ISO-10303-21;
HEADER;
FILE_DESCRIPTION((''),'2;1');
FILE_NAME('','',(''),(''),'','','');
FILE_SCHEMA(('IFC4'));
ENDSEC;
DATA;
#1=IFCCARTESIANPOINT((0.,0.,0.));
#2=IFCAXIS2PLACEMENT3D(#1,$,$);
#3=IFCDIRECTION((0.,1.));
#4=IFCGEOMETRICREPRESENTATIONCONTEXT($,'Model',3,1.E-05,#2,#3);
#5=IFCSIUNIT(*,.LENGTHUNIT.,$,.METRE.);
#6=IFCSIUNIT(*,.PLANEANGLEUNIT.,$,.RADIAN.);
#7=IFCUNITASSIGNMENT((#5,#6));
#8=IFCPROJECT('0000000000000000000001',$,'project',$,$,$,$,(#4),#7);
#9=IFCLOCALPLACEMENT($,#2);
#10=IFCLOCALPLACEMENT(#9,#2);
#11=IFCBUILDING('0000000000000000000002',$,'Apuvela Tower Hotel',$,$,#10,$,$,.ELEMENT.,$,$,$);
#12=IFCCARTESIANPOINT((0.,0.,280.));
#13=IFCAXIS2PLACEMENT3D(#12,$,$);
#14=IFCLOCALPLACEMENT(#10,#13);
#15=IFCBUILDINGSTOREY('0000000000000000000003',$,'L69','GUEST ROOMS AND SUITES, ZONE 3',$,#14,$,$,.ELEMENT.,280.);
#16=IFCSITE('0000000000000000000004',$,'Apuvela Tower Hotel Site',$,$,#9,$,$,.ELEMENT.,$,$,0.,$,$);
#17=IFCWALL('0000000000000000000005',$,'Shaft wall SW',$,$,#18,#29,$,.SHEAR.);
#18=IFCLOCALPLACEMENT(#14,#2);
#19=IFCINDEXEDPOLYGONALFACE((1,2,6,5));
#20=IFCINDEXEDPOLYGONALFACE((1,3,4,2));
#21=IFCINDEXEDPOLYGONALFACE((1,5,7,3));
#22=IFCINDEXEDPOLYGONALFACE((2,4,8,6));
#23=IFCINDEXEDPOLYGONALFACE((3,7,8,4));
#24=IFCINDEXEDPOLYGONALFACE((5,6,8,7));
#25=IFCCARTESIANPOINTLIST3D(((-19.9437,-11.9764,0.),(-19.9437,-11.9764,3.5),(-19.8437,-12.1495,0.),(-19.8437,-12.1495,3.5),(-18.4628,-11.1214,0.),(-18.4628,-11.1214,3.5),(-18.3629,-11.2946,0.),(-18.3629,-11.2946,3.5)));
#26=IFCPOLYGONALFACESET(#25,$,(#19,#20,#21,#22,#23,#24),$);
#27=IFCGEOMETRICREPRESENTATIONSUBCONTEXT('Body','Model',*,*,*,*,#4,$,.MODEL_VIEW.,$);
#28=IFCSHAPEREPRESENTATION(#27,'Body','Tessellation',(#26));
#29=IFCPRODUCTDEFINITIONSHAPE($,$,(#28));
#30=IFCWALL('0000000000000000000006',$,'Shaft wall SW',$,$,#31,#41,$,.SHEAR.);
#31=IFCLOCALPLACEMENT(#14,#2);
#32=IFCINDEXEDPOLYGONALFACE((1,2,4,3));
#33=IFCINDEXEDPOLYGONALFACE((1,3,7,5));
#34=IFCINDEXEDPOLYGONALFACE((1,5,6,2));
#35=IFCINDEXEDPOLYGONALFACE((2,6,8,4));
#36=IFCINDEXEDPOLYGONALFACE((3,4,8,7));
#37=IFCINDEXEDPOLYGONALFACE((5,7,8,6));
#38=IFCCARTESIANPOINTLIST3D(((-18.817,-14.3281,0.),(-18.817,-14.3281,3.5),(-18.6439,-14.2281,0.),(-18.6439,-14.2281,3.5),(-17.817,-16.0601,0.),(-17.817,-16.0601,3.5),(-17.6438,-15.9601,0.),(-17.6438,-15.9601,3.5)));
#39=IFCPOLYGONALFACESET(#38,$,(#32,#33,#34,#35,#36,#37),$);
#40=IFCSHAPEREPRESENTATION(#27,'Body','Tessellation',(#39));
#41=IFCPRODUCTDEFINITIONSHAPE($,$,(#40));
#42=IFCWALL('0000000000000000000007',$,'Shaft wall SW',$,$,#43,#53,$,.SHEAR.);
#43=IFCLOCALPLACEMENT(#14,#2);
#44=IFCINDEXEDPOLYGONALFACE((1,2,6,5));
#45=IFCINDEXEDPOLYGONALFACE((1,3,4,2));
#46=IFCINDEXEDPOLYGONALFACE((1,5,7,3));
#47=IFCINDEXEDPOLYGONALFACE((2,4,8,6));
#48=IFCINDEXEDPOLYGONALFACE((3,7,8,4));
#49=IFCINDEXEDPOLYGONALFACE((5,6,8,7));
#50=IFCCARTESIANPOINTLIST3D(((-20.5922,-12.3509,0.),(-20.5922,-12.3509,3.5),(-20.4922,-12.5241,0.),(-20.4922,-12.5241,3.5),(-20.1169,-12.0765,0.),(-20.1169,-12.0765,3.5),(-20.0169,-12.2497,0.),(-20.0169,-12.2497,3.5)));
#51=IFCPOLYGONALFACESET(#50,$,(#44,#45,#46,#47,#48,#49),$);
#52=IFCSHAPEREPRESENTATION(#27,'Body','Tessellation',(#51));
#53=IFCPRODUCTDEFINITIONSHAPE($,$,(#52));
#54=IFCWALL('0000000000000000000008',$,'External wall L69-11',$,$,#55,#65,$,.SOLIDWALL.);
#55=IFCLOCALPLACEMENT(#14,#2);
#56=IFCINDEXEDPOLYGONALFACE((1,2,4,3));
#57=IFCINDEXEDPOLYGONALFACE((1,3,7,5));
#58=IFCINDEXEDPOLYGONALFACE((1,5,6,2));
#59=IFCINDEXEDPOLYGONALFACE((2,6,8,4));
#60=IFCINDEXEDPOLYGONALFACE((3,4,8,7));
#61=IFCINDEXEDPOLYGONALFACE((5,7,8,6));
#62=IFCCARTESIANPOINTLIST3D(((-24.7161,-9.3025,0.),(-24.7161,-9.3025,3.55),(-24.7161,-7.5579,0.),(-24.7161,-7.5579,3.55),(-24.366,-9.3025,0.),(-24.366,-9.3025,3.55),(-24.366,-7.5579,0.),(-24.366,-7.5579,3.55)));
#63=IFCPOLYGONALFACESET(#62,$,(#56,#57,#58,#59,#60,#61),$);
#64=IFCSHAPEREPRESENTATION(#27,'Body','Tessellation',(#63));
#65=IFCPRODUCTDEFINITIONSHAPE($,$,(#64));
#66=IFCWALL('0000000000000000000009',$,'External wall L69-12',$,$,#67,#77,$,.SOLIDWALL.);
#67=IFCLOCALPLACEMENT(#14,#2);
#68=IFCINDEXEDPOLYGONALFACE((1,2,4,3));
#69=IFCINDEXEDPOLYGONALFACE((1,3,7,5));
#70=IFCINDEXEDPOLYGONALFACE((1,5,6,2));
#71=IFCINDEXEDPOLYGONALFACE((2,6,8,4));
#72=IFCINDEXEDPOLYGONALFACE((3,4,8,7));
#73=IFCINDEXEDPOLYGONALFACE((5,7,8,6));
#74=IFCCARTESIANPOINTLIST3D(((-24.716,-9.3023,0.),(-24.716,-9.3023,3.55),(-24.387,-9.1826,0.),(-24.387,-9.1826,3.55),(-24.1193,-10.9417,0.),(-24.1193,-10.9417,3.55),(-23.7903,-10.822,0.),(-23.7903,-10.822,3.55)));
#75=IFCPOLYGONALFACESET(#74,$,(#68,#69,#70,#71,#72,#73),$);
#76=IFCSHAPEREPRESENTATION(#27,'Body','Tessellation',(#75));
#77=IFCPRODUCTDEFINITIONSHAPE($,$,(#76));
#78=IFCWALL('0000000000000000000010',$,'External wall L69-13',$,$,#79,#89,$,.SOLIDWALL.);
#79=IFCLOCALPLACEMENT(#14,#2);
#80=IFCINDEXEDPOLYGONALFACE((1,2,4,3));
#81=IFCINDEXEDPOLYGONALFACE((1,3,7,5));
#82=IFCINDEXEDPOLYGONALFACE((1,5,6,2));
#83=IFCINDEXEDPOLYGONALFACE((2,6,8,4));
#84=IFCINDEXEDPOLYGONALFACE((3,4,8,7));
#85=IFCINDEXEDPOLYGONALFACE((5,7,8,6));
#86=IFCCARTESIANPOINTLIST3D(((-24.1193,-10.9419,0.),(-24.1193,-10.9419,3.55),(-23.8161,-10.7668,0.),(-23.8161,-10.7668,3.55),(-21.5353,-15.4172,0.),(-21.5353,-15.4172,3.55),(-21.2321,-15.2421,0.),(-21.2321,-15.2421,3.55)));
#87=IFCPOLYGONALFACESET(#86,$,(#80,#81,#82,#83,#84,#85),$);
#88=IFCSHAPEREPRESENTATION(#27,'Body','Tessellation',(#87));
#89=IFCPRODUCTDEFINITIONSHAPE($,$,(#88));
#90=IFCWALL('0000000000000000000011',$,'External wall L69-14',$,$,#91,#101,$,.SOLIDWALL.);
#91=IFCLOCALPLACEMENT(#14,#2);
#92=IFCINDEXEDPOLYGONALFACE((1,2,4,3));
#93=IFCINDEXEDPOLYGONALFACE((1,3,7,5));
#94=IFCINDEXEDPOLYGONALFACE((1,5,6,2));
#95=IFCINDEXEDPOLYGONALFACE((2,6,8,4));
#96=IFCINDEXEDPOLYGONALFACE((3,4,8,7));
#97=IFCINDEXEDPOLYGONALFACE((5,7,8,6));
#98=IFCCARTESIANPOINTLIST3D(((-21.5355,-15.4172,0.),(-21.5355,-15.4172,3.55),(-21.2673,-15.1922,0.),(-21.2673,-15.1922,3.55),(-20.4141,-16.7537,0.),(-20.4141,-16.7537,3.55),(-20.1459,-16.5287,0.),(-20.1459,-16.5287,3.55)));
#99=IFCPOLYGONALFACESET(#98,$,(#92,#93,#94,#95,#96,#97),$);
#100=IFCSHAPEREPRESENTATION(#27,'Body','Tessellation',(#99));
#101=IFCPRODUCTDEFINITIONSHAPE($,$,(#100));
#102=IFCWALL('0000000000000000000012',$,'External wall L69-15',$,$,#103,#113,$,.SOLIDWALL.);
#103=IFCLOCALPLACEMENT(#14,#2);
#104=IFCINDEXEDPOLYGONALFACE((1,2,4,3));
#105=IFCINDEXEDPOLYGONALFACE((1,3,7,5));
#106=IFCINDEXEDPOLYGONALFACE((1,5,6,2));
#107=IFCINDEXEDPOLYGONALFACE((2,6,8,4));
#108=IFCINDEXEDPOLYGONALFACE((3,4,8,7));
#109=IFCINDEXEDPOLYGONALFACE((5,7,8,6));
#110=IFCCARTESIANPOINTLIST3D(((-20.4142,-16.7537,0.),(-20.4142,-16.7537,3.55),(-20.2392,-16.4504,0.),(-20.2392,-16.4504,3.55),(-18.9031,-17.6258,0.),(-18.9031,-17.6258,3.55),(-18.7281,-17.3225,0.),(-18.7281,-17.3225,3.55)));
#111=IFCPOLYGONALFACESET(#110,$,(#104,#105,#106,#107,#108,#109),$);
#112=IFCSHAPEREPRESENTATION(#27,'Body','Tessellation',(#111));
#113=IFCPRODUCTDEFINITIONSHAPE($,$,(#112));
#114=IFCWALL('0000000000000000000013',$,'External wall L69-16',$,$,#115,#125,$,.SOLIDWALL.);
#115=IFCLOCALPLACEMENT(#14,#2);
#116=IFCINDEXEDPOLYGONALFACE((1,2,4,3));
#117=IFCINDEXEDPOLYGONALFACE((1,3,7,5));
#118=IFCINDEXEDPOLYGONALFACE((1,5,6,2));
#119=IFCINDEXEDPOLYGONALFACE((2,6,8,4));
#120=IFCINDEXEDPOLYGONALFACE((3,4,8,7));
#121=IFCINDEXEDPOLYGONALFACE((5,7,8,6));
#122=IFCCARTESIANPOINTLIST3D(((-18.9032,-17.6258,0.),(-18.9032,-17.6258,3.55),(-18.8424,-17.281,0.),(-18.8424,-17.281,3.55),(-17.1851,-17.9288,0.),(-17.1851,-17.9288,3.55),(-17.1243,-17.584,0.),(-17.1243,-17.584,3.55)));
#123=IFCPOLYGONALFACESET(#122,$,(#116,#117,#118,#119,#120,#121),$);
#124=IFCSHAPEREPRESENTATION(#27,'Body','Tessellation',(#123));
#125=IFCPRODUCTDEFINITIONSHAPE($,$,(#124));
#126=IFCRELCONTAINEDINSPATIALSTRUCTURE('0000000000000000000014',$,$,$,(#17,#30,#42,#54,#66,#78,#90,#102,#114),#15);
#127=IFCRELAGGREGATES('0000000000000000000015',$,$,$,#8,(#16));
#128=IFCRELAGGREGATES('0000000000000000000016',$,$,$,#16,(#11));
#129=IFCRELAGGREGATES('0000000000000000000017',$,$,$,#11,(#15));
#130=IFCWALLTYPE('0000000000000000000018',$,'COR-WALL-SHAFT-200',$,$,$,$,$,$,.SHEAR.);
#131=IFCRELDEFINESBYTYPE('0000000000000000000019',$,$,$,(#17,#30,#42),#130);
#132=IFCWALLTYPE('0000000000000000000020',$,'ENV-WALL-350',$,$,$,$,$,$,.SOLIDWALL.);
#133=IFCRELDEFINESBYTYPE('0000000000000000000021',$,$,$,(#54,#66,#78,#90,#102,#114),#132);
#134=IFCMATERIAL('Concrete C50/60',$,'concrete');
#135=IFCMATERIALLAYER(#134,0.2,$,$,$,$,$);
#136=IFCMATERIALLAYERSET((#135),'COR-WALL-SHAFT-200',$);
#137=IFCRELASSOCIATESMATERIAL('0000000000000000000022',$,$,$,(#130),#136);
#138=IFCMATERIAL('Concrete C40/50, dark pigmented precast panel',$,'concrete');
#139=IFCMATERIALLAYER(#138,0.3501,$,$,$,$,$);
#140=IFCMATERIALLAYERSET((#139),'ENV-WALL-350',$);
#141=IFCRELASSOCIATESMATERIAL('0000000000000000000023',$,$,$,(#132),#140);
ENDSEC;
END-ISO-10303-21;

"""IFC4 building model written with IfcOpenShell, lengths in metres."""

from ifc_helpers import new_model, si_unit, direction, frame, frame_2d, origin, place, context, subcontext, project, spatial, rectangle, extrude, material, layer, layer_set, type_object, element, save


model = new_model("IFC4")

# Units and contexts
model_context = context("Model", 3, precision=1e-05, world=origin(), true_north=direction((0.0, 1.0)))
body_context = subcontext(model_context, "Body", "Model", "MODEL_VIEW")
ifc_project = project(units=[si_unit("LENGTHUNIT", "METRE"), si_unit("PLANEANGLEUNIT", "RADIAN")], contexts=[model_context])

# Site, building, storey
site_placement = place(None, origin())
site = spatial("IfcSite", under=ifc_project, at=site_placement, Name="Apuvela Tower Hotel Site", CompositionType="ELEMENT", RefElevation=0.0)
building_placement = place(site_placement, origin())
building = spatial("IfcBuilding", under=site, at=building_placement, Name="Apuvela Tower Hotel", CompositionType="ELEMENT")
storey_placement = place(building_placement, frame((0.0, 0.0, 280.0)))
storey = spatial("IfcBuildingStorey", under=building, at=storey_placement, Name="L69", Description="GUEST ROOMS AND SUITES, ZONE 3", CompositionType="ELEMENT", Elevation=280.0)

# Shared definitions
ifc_material_1 = material(Name="Concrete C50/60", Category="concrete")
ifc_layer_1 = layer(ifc_material_1, 0.2)
ifc_layer_set_1 = layer_set([ifc_layer_1], Name="COR-WALL-SHAFT-200")
wall_type_1 = type_object("IfcWallType", Name="COR-WALL-SHAFT-200", PredefinedType="SHEAR", material=ifc_layer_set_1)

# Walls
wall_1_placement = place(storey_placement, frame((-18.4128, -11.208, 0.0), z_axis=(0.0, 0.0, 1.0), x_axis=(-0.866038, -0.499978, 0.0)))
element("IfcWall", 1, at=wall_1_placement, inside=storey, type_object=wall_type_1, Name="Shaft wall SW", PredefinedType="SHEAR", context=body_context, shape_type="SweptSolid", body=[
    extrude(rectangle(XDim=1.71, YDim=0.2, at=frame_2d((0.855, 0.0))), origin(), (0.0, 0.0, 1.0), 3.5),
])
wall_2_placement = place(storey_placement, frame((-18.7305, -14.2781, 0.0), z_axis=(0.0, 0.0, 1.0), x_axis=(0.500025, -0.866011, 0.0)))
element("IfcWall", 2, at=wall_2_placement, inside=storey, type_object=wall_type_1, Name="Shaft wall SW", PredefinedType="SHEAR", context=body_context, shape_type="SweptSolid", body=[
    extrude(rectangle(XDim=2.0, YDim=0.2, at=frame_2d((1.0, 0.0))), origin(), (0.0, 0.0, 1.0), 3.5),
])
wall_3_placement = place(storey_placement, frame((-20.0669, -12.1631, 0.0), z_axis=(0.0, 0.0, 1.0), x_axis=(-0.866045, -0.499966, 0.0)))
element("IfcWall", 3, at=wall_3_placement, inside=storey, type_object=wall_type_1, Name="Shaft wall SW", PredefinedType="SHEAR", context=body_context, shape_type="SweptSolid", body=[
    extrude(rectangle(XDim=0.5488, YDim=0.2, at=frame_2d((0.2744, 0.0))), origin(), (0.0, 0.0, 1.0), 3.5),
])
ifc_material_2 = material(Name="Concrete C40/50, dark pigmented precast panel", Category="concrete")
ifc_layer_2 = layer(ifc_material_2, 0.3501)
ifc_layer_set_2 = layer_set([ifc_layer_2], Name="ENV-WALL-350")
wall_type_2 = type_object("IfcWallType", Name="ENV-WALL-350", PredefinedType="SOLIDWALL", material=ifc_layer_set_2)
for number, where, z_axis, x_axis, name in (
    (4, (-24.541, -7.5579, 0.0), (0.0, 0.0, 1.0), (0.0, -1.0, 0.0), "External wall L69-11"),
    (5, (-24.5515, -9.2424, 0.0), (0.0, 0.0, 1.0), (0.342013, -0.939695, 0.0), "External wall L69-12"),
):
    element("IfcWall", number, at=place(storey_placement, frame(where, z_axis=z_axis, x_axis=x_axis)), inside=storey, type_object=wall_type_2, Name=name, PredefinedType="SOLIDWALL", context=body_context, shape_type="SweptSolid", body=[
        extrude(rectangle(XDim=1.7446, YDim=0.3501, at=frame_2d((0.8723, 0.0))), origin(), (0.0, 0.0, 1.0), 3.55),
    ])
wall_4_placement = place(storey_placement, frame((-23.9678, -10.8542, 0.0), z_axis=(0.0, 0.0, 1.0), x_axis=(0.500021, -0.866013, 0.0)))
element("IfcWall", 6, at=wall_4_placement, inside=storey, type_object=wall_type_2, Name="External wall L69-13", PredefinedType="SOLIDWALL", context=body_context, shape_type="SweptSolid", body=[
    extrude(rectangle(XDim=5.1677, YDim=0.3501, at=frame_2d((2.584, 0.0))), origin(), (0.0, 0.0, 1.0), 3.55),
])
for number, where, z_axis, x_axis, name in (
    (7, (-21.4014, -15.3047, 0.0), (0.0, 0.0, 1.0), (0.642769, -0.76606, 0.0), "External wall L69-14"),
    (8, (-20.3267, -16.6021, 0.0), (0.0, 0.0, 1.0), (0.866099, -0.499872, 0.0), "External wall L69-15"),
    (9, (-18.8728, -17.4534, 0.0), (0.0, 0.0, 1.0), (0.984803, -0.173674, 0.0), "External wall L69-16"),
):
    element("IfcWall", number, at=place(storey_placement, frame(where, z_axis=z_axis, x_axis=x_axis)), inside=storey, type_object=wall_type_2, Name=name, PredefinedType="SOLIDWALL", context=body_context, shape_type="SweptSolid", body=[
        extrude(rectangle(XDim=1.7446, YDim=0.3501, at=frame_2d((0.8723, 0.0))), origin(), (0.0, 0.0, 1.0), 3.55),
    ])

save(model, "model.ifc")
